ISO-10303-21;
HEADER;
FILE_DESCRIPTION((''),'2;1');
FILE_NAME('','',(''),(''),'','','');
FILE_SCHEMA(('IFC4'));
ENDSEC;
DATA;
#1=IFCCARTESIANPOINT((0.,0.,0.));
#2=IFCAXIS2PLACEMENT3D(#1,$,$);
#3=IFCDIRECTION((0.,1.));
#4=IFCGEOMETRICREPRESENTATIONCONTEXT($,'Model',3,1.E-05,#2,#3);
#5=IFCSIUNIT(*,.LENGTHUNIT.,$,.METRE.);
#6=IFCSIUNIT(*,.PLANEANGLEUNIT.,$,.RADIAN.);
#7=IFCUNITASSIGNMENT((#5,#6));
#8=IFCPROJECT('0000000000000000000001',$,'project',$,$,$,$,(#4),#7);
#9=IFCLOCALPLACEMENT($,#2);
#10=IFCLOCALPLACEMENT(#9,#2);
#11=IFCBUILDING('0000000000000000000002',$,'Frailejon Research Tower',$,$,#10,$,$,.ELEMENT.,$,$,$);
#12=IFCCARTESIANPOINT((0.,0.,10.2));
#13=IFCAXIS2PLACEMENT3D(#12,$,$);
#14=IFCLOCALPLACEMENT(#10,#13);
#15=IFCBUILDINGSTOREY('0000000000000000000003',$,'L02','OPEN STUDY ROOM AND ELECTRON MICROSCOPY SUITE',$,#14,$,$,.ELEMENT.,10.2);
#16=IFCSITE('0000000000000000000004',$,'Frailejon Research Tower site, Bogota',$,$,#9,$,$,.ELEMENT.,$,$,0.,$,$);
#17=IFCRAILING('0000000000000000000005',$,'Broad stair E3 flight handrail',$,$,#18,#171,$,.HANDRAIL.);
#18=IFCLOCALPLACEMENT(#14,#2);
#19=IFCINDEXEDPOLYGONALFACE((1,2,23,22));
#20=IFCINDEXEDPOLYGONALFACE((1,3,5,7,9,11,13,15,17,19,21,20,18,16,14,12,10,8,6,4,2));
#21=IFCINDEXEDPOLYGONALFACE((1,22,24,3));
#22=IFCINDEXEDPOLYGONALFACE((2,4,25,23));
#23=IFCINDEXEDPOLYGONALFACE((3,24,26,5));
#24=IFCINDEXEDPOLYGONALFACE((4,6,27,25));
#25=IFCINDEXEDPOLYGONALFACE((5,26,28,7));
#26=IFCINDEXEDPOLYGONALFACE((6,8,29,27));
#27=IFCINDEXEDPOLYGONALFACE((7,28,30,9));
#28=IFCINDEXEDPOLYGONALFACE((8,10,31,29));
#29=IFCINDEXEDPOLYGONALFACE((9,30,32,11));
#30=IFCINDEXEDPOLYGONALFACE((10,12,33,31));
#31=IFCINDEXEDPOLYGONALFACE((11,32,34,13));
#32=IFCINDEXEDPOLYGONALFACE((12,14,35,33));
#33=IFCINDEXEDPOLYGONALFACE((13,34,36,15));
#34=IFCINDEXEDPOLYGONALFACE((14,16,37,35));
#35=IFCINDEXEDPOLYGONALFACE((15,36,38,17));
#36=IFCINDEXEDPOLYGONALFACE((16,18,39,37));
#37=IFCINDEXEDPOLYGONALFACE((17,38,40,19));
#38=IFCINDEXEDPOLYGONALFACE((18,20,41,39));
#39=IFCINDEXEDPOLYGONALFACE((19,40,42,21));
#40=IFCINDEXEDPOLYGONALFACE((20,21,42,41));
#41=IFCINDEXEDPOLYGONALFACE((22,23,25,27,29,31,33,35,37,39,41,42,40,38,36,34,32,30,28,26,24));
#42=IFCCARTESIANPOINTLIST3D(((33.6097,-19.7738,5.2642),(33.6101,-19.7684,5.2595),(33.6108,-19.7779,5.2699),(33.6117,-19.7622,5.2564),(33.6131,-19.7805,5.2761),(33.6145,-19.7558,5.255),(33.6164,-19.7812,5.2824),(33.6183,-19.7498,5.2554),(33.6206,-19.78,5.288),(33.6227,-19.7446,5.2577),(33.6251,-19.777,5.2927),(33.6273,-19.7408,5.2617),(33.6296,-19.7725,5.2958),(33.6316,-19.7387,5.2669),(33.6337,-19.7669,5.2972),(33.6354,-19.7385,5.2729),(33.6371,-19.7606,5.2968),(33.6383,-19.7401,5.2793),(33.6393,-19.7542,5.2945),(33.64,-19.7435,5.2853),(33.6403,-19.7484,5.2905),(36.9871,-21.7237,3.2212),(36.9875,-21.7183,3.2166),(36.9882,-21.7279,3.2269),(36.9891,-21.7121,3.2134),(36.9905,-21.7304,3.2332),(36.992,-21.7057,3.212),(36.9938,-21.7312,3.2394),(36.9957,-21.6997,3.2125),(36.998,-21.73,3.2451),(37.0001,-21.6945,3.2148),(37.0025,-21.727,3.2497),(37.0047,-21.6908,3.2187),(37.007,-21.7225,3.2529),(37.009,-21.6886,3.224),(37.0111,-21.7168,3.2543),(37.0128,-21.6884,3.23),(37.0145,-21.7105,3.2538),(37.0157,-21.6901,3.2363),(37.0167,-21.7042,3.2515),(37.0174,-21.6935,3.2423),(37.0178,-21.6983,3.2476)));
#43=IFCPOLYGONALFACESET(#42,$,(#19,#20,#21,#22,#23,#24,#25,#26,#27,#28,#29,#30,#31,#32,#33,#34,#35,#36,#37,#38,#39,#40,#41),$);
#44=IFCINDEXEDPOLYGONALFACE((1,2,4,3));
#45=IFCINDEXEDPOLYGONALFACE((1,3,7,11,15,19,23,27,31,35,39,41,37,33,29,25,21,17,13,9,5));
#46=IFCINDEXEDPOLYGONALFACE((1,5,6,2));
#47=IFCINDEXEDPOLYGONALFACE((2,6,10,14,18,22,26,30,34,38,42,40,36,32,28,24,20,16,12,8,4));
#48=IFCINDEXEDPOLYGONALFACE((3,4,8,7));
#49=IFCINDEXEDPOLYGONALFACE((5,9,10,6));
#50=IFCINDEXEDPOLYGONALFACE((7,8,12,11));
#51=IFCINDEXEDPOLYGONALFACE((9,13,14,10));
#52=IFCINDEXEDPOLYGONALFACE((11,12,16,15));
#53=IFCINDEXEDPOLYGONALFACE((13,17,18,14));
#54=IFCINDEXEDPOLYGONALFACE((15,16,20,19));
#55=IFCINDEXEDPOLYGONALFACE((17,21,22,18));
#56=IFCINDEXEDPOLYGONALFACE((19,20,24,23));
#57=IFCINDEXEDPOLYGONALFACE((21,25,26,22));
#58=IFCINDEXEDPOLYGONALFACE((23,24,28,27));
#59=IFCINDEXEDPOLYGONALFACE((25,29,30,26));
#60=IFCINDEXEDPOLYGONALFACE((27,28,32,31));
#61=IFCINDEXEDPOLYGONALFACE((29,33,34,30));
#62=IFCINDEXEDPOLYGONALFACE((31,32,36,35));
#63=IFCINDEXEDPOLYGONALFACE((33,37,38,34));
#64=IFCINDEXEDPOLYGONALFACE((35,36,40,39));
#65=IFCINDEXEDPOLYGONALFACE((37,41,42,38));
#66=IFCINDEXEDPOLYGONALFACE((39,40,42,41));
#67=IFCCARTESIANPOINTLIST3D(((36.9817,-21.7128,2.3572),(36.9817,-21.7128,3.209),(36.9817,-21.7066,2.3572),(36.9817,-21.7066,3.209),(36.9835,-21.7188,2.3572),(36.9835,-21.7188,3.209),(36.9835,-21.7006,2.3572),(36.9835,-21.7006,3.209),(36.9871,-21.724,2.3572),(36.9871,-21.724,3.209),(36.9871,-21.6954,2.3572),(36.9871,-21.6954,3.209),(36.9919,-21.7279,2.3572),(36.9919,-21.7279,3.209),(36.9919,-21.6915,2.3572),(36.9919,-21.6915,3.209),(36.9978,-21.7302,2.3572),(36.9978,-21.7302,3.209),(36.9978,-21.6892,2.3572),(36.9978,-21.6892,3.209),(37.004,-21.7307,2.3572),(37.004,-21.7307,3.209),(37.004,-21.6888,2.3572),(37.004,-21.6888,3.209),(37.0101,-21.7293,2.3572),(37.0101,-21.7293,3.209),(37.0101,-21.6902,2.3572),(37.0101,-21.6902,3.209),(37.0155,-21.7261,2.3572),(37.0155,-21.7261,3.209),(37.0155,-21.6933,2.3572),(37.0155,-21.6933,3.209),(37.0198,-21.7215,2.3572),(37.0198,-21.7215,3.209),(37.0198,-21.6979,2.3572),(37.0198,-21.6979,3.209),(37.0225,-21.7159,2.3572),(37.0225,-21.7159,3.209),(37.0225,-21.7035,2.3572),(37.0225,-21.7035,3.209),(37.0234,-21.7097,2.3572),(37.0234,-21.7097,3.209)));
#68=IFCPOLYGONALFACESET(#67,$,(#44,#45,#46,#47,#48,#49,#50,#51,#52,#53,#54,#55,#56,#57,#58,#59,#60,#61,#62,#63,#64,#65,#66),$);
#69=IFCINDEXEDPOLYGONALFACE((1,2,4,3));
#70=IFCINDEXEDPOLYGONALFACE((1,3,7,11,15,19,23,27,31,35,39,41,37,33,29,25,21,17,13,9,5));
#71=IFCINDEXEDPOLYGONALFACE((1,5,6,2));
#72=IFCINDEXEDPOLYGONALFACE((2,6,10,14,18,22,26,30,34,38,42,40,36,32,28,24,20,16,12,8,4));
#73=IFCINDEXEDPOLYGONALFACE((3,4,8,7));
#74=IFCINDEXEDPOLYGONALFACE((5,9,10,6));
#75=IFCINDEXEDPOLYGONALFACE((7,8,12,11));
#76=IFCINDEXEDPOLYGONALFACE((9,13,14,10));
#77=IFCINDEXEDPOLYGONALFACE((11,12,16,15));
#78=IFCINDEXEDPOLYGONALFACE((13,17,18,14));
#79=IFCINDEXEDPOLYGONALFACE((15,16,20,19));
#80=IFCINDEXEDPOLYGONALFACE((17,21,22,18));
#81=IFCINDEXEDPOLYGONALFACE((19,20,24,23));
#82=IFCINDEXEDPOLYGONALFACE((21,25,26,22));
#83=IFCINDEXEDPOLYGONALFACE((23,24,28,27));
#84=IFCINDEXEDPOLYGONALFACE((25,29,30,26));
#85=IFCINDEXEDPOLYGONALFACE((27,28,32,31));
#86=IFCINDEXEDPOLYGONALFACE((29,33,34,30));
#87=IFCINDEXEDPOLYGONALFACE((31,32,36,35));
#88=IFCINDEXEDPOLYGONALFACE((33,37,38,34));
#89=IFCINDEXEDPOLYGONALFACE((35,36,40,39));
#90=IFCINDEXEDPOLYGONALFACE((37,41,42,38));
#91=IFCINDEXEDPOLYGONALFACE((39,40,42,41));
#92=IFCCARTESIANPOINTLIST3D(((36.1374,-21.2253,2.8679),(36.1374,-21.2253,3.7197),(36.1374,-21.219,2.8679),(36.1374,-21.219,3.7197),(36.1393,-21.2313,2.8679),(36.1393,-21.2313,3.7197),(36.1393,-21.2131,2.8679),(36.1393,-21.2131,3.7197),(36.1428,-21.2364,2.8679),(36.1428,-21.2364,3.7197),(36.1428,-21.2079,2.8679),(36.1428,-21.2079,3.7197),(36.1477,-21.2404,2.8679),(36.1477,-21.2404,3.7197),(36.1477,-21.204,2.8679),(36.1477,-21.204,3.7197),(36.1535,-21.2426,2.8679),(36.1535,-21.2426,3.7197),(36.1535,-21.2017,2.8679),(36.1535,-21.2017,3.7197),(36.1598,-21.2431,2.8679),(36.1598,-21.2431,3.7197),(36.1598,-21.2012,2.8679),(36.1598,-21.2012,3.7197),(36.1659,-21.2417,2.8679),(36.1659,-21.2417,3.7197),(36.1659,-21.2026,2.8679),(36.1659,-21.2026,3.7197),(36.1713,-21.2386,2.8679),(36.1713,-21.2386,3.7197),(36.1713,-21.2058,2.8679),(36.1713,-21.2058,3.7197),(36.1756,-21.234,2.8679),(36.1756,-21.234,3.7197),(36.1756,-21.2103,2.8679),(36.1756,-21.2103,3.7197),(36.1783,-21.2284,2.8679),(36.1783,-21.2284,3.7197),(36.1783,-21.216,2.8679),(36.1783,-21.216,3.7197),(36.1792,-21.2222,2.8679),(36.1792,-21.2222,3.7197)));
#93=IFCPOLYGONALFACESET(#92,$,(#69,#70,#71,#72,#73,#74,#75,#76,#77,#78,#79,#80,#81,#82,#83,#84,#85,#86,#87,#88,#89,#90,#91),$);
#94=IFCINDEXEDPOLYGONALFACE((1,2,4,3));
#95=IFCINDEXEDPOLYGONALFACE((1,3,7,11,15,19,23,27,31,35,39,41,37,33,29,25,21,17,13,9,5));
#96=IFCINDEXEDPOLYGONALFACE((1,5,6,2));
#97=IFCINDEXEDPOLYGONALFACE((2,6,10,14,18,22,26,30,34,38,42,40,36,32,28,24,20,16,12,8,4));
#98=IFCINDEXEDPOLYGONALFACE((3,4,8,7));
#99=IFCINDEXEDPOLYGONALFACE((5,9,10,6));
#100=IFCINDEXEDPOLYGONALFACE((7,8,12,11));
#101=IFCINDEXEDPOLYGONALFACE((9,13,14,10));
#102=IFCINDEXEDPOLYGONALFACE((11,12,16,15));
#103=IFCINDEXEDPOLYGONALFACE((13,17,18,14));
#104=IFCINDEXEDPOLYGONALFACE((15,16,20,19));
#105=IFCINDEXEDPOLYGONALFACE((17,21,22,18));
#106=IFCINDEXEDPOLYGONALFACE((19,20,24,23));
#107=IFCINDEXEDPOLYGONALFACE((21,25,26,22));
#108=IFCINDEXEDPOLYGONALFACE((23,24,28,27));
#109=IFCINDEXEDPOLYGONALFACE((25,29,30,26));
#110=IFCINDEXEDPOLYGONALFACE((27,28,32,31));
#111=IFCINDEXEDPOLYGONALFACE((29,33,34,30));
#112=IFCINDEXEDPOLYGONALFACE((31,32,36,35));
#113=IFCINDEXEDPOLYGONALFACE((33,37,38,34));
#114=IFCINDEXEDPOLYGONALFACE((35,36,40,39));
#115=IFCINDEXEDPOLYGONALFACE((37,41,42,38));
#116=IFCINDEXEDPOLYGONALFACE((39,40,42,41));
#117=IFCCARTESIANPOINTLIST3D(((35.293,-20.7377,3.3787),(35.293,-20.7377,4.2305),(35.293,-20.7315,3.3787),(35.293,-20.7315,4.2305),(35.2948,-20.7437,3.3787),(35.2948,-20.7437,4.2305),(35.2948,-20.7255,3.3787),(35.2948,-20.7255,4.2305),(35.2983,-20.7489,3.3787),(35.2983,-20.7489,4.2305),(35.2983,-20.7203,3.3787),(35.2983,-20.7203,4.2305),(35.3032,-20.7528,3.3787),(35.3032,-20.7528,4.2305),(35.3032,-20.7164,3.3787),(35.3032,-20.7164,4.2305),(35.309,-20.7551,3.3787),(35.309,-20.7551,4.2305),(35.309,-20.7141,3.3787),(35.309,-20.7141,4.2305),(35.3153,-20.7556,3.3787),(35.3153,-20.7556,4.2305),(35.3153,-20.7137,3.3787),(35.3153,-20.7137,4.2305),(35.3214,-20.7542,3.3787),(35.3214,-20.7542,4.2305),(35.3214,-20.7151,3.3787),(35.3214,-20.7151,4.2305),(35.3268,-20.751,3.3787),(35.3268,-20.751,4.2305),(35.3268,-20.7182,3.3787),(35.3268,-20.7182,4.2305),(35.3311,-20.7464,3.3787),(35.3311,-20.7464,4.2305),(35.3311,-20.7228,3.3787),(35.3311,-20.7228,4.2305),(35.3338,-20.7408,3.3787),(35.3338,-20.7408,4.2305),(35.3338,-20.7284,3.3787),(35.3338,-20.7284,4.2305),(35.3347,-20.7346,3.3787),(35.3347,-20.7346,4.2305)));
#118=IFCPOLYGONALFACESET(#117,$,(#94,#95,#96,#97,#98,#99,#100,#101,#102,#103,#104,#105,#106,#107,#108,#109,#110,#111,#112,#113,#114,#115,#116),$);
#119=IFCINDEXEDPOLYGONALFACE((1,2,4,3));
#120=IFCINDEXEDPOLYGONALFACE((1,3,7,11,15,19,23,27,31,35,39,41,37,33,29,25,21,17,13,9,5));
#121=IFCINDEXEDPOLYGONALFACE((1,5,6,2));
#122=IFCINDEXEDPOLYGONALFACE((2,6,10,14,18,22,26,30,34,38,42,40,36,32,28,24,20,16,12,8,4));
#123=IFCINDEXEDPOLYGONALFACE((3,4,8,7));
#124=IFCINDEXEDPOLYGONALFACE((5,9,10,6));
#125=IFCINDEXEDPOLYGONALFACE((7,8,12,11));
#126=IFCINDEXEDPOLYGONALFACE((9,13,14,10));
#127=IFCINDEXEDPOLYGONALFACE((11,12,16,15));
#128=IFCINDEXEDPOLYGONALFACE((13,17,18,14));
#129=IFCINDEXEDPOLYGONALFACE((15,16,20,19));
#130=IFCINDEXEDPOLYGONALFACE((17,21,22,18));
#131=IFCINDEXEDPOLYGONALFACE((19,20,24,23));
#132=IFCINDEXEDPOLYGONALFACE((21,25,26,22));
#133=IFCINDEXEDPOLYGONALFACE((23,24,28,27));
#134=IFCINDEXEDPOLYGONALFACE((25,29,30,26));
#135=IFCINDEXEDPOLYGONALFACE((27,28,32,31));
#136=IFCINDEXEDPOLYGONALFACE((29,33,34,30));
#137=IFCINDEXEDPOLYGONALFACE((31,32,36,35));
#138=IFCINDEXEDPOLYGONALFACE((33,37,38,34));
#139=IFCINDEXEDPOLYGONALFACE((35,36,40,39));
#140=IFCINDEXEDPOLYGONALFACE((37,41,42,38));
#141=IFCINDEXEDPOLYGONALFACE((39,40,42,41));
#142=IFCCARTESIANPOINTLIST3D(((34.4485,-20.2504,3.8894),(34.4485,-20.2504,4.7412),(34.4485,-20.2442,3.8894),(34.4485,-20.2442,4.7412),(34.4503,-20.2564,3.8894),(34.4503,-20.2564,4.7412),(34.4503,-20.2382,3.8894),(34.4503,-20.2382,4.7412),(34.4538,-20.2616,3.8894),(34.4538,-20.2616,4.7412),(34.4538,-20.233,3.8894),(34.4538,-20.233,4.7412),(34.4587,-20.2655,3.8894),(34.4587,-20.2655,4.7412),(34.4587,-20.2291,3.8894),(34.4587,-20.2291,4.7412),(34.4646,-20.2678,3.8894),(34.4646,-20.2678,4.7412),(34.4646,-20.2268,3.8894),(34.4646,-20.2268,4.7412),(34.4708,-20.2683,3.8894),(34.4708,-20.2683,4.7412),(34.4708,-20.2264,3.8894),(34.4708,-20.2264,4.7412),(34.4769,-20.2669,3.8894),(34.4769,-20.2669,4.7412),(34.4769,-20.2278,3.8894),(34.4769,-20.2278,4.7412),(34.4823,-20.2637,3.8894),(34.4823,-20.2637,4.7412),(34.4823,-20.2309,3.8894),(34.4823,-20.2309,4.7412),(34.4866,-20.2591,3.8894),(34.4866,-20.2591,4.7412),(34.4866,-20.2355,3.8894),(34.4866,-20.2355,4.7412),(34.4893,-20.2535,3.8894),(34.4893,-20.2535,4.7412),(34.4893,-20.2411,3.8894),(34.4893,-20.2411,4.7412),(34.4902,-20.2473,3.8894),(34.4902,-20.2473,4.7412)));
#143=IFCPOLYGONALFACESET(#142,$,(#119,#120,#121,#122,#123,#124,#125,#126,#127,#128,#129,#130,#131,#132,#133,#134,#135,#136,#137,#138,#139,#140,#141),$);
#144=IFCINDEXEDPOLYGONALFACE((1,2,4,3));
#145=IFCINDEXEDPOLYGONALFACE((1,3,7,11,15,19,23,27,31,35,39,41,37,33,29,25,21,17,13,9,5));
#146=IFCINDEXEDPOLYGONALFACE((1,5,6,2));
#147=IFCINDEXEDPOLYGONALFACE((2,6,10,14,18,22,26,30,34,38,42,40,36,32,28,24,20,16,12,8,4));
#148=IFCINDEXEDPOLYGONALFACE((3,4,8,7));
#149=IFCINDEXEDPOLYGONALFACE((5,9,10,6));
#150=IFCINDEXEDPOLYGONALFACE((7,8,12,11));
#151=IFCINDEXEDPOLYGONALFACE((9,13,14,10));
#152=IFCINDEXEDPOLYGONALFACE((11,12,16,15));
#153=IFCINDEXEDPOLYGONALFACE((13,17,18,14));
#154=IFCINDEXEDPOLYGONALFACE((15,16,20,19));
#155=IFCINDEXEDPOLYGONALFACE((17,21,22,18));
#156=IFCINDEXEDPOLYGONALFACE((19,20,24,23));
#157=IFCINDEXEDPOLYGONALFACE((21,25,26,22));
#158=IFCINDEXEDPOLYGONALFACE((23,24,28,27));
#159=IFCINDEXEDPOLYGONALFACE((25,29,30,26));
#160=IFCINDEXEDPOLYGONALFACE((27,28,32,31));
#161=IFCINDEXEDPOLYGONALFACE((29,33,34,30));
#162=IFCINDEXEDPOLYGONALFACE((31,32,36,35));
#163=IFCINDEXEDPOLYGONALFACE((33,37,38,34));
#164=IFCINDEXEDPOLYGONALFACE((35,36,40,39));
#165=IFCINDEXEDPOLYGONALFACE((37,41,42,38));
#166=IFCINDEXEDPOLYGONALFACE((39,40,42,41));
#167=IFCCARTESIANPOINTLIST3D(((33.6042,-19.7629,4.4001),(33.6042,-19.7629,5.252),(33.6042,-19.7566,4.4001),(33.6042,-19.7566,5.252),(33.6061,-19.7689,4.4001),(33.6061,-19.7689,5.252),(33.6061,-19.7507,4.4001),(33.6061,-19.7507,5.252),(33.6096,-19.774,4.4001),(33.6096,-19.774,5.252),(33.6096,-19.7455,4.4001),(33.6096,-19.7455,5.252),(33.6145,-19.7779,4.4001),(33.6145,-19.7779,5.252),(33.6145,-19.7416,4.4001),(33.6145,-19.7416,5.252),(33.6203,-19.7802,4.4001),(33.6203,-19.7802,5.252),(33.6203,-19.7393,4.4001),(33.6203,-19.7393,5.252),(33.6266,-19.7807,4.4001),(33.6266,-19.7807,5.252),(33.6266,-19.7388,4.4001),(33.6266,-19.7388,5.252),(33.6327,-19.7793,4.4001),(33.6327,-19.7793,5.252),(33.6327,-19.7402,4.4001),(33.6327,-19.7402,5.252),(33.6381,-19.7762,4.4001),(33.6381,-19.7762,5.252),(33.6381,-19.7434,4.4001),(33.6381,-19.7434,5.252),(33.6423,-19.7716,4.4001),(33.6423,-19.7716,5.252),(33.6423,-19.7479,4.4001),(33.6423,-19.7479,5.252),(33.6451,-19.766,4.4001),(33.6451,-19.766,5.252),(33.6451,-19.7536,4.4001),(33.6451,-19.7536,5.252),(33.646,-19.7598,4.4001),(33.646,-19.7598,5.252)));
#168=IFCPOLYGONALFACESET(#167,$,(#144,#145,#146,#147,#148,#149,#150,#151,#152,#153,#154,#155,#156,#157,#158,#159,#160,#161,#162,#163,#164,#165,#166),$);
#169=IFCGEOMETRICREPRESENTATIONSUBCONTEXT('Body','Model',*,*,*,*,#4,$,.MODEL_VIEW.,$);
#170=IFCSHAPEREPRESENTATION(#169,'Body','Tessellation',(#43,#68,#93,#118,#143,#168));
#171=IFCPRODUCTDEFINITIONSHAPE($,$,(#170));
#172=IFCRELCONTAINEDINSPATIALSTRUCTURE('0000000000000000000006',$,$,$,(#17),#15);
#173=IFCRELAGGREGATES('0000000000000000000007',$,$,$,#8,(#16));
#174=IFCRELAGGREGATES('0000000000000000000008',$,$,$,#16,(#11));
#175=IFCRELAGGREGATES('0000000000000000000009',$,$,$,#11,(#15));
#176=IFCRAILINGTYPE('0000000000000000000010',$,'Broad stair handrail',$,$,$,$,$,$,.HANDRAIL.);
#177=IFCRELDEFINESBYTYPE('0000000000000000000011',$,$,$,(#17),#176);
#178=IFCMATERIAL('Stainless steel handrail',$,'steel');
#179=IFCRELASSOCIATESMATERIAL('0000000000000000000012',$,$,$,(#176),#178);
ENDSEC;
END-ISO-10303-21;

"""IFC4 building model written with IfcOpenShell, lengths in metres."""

from ifc_helpers import new_model, si_unit, direction, frame, origin, origin_2d, place, context, subcontext, project, spatial, circle, extrude, material, type_object, element, save


model = new_model("IFC4")

# Units and contexts
model_context = context("Model", 3, precision=1e-05, world=origin(), true_north=direction((0.0, 1.0)))
body_context = subcontext(model_context, "Body", "Model", "MODEL_VIEW")
ifc_project = project(units=[si_unit("LENGTHUNIT", "METRE"), si_unit("PLANEANGLEUNIT", "RADIAN")], contexts=[model_context])

# Site, building, storey
site_placement = place(None, origin())
site = spatial("IfcSite", under=ifc_project, at=site_placement, Name="Frailejon Research Tower site, Bogota", CompositionType="ELEMENT", RefElevation=0.0)
building_placement = place(site_placement, origin())
building = spatial("IfcBuilding", under=site, at=building_placement, Name="Frailejon Research Tower", CompositionType="ELEMENT")
storey_placement = place(building_placement, frame((0.0, 0.0, 10.2)))
storey = spatial("IfcBuildingStorey", under=building, at=storey_placement, Name="L02", Description="OPEN STUDY ROOM AND ELECTRON MICROSCOPY SUITE", CompositionType="ELEMENT", Elevation=10.2)

# Railing
ifc_material_1 = material(Name="Stainless steel handrail", Category="steel")
railing_type_1 = type_object("IfcRailingType", Name="Broad stair handrail", PredefinedType="HANDRAIL", material=ifc_material_1)
railing_1_placement = place(storey_placement, frame((37.0024, -21.7097, 2.3572)))
element("IfcRailing", 1, at=railing_1_placement, inside=storey, type_object=railing_type_1, Name="Broad stair E3 flight handrail", PredefinedType="HANDRAIL", context=body_context, shape_type="SweptSolid", body=[
    extrude(circle(Radius=0.0239, at=origin_2d()), frame((0.0, 0.0, 0.876), z_axis=(-0.767142, 0.442906, 0.464034), x_axis=(-0.499997, -0.866027, 0.0)), (0.0, 0.0, 1.0), 4.4026),
    extrude(circle(Radius=0.021, at=origin_2d()), origin(), (0.0, 0.0, 1.0), 0.8518),
    extrude(circle(Radius=0.021, at=origin_2d()), frame((-0.8442, 0.4875, 0.5107)), (0.0, 0.0, 1.0), 0.8518),
    extrude(circle(Radius=0.021, at=origin_2d()), frame((-1.6887, 0.9751, 1.0215)), (0.0, 0.0, 1.0), 0.8518),
    extrude(circle(Radius=0.021, at=origin_2d()), frame((-2.5332, 1.4624, 1.5322)), (0.0, 0.0, 1.0), 0.8518),
    extrude(circle(Radius=0.021, at=origin_2d()), frame((-3.3774, 1.95, 2.043)), (0.0, 0.0, 1.0), 0.8518),
])

save(model, "model.ifc")
